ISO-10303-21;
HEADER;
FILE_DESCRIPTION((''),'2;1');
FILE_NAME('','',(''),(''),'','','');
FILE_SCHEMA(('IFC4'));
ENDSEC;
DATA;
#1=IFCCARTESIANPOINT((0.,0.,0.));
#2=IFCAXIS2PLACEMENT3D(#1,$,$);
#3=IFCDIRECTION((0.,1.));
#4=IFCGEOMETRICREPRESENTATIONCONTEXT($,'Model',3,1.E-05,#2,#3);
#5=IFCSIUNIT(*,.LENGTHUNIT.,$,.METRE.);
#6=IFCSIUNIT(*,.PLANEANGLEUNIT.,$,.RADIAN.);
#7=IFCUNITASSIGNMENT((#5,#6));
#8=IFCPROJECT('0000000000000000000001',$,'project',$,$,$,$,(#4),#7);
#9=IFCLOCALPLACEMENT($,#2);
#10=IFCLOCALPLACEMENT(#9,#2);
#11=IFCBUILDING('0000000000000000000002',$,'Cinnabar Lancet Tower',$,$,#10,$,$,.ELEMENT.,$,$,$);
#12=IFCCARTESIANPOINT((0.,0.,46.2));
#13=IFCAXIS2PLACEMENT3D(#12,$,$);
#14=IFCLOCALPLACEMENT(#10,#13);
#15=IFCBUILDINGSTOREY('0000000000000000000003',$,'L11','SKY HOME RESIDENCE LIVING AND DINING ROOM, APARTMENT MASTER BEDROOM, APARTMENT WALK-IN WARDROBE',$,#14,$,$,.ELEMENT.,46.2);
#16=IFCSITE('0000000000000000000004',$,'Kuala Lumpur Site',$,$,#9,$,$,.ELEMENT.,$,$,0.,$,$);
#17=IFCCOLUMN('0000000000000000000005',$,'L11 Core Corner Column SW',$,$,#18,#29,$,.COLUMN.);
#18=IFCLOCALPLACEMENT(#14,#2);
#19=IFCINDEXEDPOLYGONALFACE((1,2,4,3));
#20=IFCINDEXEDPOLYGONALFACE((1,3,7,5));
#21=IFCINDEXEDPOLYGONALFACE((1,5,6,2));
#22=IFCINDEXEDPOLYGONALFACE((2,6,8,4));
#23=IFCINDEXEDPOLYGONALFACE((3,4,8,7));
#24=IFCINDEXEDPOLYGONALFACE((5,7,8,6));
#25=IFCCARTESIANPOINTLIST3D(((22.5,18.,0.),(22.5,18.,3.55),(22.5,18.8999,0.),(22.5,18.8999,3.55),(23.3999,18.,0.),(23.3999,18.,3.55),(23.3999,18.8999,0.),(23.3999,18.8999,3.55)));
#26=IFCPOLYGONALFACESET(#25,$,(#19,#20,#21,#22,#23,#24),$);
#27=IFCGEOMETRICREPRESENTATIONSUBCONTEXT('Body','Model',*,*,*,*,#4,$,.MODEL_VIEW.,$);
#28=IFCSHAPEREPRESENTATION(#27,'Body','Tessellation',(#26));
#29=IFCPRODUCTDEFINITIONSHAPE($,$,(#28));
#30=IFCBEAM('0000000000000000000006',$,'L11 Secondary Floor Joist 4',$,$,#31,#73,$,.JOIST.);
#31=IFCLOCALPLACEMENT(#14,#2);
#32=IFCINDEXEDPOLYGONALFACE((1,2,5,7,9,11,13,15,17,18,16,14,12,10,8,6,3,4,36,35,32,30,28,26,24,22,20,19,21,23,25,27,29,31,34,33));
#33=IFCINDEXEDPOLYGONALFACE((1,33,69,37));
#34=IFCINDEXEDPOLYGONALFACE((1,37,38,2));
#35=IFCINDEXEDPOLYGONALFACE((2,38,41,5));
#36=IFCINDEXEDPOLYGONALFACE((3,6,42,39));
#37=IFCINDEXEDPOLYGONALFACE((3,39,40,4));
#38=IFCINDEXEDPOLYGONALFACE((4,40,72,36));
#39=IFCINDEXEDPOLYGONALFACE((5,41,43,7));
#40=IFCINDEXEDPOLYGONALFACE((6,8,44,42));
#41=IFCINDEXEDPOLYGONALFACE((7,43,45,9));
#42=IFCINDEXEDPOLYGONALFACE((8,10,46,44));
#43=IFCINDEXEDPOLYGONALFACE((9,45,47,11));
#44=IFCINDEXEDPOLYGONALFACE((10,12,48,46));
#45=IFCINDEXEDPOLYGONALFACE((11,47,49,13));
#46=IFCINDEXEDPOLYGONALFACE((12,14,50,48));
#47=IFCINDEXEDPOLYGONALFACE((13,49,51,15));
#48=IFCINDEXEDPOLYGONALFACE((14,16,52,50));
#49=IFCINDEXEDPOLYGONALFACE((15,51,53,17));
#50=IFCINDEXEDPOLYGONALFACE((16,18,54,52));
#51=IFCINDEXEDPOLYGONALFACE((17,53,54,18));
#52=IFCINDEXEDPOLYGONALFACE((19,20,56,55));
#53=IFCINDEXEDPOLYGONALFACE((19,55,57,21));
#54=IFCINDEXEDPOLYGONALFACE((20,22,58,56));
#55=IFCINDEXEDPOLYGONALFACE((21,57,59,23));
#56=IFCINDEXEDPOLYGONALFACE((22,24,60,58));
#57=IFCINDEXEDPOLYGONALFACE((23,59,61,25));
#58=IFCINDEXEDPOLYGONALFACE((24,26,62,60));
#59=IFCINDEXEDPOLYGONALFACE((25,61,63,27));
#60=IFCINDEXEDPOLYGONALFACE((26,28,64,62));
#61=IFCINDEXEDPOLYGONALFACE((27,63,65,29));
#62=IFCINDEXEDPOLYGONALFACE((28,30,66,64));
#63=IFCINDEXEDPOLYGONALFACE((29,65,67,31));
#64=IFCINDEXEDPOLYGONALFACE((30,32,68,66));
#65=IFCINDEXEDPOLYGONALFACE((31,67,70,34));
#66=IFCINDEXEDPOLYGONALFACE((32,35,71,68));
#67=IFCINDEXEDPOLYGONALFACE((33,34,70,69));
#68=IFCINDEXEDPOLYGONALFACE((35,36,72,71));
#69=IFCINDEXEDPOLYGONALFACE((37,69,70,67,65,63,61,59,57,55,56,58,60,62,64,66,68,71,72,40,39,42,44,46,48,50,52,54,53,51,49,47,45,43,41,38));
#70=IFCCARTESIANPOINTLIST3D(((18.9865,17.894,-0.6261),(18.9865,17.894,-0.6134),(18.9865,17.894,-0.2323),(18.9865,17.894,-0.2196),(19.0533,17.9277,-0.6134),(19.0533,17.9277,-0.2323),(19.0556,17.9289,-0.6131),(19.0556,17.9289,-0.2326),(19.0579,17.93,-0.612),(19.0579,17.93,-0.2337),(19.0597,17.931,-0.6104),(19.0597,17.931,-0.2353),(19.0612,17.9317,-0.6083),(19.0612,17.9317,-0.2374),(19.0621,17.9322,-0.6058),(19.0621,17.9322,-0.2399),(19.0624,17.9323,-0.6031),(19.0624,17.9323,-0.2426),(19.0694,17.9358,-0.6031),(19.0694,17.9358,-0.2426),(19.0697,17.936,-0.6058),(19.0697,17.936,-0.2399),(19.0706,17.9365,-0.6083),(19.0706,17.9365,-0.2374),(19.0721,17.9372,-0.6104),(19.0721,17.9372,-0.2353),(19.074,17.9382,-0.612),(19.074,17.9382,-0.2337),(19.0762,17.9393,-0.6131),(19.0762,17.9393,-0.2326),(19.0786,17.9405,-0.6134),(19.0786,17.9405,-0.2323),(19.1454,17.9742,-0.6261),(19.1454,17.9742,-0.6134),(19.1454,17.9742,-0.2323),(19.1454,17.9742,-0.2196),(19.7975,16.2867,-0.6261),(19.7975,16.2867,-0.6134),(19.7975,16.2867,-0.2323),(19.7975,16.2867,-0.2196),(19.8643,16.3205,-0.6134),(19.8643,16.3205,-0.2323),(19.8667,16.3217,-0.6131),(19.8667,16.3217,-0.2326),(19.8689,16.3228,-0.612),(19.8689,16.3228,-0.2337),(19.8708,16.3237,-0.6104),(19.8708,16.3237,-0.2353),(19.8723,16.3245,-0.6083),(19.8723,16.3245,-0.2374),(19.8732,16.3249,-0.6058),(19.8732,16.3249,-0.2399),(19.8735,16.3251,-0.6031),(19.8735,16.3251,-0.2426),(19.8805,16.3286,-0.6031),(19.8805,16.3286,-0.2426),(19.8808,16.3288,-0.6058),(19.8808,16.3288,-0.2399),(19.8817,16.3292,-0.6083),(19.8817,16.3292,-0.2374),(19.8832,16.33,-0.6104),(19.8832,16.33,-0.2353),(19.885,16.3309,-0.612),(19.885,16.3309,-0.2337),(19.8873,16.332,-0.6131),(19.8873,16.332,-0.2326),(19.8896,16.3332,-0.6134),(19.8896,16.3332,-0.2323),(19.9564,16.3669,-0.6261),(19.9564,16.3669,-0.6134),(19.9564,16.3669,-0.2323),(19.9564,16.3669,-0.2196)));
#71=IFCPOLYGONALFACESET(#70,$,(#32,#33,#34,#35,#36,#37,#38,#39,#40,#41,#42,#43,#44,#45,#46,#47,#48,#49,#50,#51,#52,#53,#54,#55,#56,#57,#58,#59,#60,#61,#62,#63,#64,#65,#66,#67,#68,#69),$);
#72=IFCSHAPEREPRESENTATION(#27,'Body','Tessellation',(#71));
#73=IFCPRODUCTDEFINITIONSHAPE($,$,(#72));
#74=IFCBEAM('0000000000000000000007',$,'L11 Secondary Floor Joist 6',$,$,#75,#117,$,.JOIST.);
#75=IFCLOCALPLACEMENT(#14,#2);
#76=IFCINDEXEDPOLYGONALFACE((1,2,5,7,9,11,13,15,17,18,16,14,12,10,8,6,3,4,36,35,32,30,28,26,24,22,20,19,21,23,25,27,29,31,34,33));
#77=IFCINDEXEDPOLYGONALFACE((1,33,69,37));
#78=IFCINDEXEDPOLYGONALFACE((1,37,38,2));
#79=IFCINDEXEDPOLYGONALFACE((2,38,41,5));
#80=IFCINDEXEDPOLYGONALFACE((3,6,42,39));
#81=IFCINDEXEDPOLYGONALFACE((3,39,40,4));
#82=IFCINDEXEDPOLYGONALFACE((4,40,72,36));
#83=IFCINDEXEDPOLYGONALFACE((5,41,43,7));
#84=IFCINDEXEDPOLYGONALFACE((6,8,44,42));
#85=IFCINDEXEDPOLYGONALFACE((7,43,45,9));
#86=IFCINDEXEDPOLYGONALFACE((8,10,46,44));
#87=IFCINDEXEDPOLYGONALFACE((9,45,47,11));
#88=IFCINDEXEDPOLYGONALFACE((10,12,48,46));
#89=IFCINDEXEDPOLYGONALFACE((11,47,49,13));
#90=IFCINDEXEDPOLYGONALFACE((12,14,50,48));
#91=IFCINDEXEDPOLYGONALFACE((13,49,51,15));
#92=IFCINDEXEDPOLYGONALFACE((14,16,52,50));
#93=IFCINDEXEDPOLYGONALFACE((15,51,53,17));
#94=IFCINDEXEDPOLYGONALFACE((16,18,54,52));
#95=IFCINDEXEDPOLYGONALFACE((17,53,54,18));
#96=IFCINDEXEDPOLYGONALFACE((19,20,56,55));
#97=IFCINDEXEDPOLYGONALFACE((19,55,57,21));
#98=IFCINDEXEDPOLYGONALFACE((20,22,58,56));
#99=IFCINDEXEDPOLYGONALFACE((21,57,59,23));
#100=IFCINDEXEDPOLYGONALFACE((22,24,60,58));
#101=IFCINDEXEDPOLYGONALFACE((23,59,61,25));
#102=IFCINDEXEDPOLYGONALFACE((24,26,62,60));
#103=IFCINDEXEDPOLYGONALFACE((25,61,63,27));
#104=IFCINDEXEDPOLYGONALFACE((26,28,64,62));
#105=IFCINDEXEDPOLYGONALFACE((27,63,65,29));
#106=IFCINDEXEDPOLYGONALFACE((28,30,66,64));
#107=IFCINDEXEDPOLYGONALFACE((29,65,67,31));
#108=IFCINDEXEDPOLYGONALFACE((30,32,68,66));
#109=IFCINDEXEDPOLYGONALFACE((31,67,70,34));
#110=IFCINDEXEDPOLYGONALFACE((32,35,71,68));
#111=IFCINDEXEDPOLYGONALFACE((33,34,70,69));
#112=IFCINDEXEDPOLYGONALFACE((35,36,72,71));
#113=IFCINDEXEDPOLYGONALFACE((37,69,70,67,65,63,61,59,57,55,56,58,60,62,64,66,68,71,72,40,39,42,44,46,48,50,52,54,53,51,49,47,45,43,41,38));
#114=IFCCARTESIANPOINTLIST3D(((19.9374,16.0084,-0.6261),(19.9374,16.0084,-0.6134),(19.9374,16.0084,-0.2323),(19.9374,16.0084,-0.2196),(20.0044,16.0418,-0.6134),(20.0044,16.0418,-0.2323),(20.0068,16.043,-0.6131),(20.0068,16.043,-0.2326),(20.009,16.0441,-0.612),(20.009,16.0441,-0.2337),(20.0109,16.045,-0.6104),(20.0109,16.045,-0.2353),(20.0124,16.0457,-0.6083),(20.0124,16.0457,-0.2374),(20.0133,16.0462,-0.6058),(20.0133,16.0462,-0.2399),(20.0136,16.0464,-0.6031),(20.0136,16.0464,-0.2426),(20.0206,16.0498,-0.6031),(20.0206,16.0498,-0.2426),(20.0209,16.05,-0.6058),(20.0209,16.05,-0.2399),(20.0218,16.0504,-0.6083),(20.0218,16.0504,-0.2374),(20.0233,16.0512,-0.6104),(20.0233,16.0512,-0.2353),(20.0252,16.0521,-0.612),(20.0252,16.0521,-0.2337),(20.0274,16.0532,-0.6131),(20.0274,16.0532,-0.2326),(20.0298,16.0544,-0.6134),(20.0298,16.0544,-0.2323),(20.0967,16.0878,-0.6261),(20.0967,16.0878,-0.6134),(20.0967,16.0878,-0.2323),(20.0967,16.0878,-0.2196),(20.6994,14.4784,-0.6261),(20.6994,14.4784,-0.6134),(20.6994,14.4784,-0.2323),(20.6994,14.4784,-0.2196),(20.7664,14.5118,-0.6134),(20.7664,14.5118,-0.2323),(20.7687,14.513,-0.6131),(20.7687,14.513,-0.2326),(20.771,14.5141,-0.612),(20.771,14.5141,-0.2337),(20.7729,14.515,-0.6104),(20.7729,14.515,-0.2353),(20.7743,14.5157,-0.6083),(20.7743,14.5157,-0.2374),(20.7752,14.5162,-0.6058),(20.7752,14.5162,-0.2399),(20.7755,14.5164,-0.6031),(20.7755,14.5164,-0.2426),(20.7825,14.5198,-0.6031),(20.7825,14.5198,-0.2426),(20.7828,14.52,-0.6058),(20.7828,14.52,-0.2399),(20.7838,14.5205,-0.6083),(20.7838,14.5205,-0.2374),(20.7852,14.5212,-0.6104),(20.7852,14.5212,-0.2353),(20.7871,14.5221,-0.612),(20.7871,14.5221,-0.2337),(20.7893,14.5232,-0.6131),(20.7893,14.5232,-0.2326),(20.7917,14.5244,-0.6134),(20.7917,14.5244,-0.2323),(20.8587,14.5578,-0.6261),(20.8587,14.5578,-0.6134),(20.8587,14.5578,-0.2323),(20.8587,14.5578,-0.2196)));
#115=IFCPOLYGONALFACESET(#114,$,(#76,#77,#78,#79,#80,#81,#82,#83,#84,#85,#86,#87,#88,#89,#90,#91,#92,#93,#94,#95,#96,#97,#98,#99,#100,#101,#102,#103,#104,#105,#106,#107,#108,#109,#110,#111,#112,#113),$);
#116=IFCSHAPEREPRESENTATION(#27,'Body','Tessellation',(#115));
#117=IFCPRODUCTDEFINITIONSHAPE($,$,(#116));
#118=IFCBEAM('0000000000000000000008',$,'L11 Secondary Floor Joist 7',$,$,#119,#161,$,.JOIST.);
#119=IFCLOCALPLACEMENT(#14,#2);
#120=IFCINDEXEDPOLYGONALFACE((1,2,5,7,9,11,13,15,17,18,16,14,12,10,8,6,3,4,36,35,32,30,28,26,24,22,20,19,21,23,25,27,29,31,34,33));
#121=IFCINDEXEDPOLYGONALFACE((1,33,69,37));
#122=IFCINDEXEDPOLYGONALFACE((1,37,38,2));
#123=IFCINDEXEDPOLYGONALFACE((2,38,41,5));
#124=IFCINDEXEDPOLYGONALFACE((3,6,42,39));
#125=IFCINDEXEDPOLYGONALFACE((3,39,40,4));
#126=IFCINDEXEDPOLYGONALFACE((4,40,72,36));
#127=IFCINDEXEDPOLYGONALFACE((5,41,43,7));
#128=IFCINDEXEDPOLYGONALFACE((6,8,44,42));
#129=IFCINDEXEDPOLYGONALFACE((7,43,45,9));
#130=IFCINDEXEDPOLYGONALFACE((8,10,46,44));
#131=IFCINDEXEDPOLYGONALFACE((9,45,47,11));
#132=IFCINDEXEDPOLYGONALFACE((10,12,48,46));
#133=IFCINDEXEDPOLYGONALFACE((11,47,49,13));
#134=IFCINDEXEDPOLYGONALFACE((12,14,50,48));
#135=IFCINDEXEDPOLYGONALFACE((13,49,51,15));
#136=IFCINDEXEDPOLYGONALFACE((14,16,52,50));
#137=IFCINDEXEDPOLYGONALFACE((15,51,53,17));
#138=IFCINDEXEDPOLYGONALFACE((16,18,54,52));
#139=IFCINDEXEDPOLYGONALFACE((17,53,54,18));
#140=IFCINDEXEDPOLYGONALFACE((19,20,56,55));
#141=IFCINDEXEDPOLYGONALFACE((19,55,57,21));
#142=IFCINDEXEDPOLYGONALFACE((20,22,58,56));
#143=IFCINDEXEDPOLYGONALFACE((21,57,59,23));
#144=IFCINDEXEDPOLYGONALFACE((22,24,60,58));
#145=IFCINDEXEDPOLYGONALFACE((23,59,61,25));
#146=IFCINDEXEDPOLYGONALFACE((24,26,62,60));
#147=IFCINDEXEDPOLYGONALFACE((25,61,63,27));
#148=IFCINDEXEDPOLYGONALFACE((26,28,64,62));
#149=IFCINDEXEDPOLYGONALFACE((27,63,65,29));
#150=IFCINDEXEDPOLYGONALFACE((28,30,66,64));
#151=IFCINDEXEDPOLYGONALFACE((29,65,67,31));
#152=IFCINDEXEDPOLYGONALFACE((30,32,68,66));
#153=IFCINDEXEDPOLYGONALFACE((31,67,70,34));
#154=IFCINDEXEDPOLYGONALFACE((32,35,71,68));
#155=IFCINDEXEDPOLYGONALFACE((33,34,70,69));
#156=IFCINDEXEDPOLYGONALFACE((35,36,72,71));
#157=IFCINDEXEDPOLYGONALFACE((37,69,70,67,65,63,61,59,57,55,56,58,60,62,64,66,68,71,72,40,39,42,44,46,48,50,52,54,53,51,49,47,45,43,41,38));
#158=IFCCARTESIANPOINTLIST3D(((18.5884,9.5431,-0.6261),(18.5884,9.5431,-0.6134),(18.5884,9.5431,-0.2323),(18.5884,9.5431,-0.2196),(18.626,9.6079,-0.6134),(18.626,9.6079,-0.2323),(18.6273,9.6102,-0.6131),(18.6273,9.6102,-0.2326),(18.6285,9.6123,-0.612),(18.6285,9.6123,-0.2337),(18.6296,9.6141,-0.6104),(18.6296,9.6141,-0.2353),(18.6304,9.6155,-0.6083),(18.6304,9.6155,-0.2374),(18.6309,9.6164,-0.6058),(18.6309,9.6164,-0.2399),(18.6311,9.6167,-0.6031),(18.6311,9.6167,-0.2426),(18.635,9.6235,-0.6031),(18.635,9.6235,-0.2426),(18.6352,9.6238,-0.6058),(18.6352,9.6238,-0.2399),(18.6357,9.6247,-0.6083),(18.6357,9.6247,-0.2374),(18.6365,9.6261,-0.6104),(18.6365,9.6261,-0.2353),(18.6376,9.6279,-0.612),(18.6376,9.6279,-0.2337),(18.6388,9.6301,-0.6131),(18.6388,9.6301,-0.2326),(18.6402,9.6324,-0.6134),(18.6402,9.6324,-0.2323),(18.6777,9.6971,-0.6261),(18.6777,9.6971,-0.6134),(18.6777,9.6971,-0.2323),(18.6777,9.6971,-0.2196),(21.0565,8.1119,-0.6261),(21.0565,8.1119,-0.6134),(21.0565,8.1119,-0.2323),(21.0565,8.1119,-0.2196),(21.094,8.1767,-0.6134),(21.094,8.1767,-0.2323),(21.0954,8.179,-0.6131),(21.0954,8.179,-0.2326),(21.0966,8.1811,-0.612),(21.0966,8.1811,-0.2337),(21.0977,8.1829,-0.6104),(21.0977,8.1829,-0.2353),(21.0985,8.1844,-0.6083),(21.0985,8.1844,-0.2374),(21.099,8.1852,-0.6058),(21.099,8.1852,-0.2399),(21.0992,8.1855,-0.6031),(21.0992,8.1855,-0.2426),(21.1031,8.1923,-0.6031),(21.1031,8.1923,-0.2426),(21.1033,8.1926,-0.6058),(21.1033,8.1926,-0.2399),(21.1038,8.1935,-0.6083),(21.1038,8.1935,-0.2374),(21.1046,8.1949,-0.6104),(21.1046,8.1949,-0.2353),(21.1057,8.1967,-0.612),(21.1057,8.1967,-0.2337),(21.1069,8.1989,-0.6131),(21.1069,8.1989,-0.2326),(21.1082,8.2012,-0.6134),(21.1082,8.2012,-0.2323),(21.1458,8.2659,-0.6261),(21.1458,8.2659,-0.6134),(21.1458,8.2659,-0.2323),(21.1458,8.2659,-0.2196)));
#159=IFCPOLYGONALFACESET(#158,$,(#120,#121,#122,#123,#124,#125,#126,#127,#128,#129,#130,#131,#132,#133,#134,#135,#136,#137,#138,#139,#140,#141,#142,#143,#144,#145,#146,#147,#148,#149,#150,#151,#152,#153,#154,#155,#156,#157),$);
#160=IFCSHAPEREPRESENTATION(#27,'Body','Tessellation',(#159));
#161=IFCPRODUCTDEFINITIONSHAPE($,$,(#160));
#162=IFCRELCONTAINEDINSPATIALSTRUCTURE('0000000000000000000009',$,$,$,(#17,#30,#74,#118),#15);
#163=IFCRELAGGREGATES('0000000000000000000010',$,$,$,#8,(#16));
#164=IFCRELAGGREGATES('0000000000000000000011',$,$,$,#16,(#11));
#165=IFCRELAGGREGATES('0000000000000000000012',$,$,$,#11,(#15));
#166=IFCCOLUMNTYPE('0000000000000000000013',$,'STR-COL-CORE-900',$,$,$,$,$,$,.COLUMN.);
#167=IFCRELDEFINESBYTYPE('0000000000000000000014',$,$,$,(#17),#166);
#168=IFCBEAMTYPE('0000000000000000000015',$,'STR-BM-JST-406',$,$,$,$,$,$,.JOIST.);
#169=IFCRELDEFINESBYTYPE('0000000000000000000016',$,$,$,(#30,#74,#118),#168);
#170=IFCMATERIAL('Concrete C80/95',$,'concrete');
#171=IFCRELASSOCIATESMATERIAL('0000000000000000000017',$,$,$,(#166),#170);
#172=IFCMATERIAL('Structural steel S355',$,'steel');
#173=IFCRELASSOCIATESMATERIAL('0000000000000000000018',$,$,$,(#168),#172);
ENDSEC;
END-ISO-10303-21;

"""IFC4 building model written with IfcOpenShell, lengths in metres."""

from ifc_helpers import new_model, si_unit, direction, frame, origin, origin_2d, place, context, subcontext, project, spatial, rectangle, i_section, extrude, material, material_profile, profile_set, type_object, element, save


model = new_model("IFC4")

# Units and contexts
model_context = context("Model", 3, precision=1e-05, world=origin(), true_north=direction((0.0, 1.0)))
body_context = subcontext(model_context, "Body", "Model", "MODEL_VIEW")
ifc_project = project(units=[si_unit("LENGTHUNIT", "METRE"), si_unit("PLANEANGLEUNIT", "RADIAN")], contexts=[model_context])

# Site, building, storey
site_placement = place(None, origin())
site = spatial("IfcSite", under=ifc_project, at=site_placement, Name="Kuala Lumpur Site", CompositionType="ELEMENT", RefElevation=0.0)
building_placement = place(site_placement, origin())
building = spatial("IfcBuilding", under=site, at=building_placement, Name="Cinnabar Lancet Tower", CompositionType="ELEMENT")
storey_placement = place(building_placement, frame((0.0, 0.0, 46.2)))
storey = spatial("IfcBuildingStorey", under=building, at=storey_placement, Name="L11", Description="SKY HOME RESIDENCE LIVING AND DINING ROOM, APARTMENT MASTER BEDROOM, APARTMENT WALK-IN WARDROBE", CompositionType="ELEMENT", Elevation=46.2)

# Column
ifc_material_1 = material(Name="Concrete C80/95", Category="concrete")
ifc_material_profile_1 = material_profile(ifc_material_1, rectangle(XDim=0.8999, YDim=0.8999, at=origin_2d()), Name="RC-COL 900x900")
ifc_profile_set_1 = profile_set([ifc_material_profile_1], Name="Concrete C80/95")
column_type = type_object("IfcColumnType", Name="STR-COL-CORE-900", PredefinedType="COLUMN", material=ifc_profile_set_1)
column_placement = place(storey_placement, frame((22.95, 18.45, 0.0), z_axis=(0.0, 0.0, 1.0), x_axis=(1.0, 0.0, 0.0)))
element("IfcColumn", 1, at=column_placement, inside=storey, type_object=column_type, Name="L11 Core Corner Column SW", PredefinedType="COLUMN", context=body_context, shape_type="SweptSolid", body=[
    extrude(rectangle(XDim=0.8999, YDim=0.8999, at=origin_2d()), origin(), (0.0, 0.0, 1.0), 3.55),
])

# Beams
ifc_material_2 = material(Name="Structural steel S355", Category="steel")
ifc_material_profile_2 = material_profile(ifc_material_2, i_section(OverallWidth=0.178, OverallDepth=0.4065, WebThickness=0.0078, FlangeThickness=0.0127, FilletRadius=0.0103, at=origin_2d()), Name="UKB 406x178x60")
ifc_profile_set_2 = profile_set([ifc_material_profile_2], Name="Structural steel S355")
beam_type = type_object("IfcBeamType", Name="STR-BM-JST-406", PredefinedType="JOIST", material=ifc_profile_set_2)
beam_1_placement = place(storey_placement, frame((19.0659, 17.9341, -0.4229), z_axis=(0.45052, -0.892767, 0.0), x_axis=(0.892767, 0.45052, 0.0)))
element("IfcBeam", 2, at=beam_1_placement, inside=storey, type_object=beam_type, Name="L11 Secondary Floor Joist 4", PredefinedType="JOIST", context=body_context, shape_type="SweptSolid", body=[
    extrude(i_section(OverallWidth=0.178, OverallDepth=0.4065, WebThickness=0.0078, FlangeThickness=0.0127, FilletRadius=0.0103, at=origin_2d()), origin(), (0.0, 0.0, 1.0), 1.8003),
])
beam_2_placement = place(storey_placement, frame((20.0171, 16.0481, -0.4229), z_axis=(0.445785, -0.89514, 0.0), x_axis=(0.89514, 0.445785, 0.0)))
element("IfcBeam", 3, at=beam_2_placement, inside=storey, type_object=beam_type, Name="L11 Secondary Floor Joist 6", PredefinedType="JOIST", context=body_context, shape_type="SweptSolid", body=[
    extrude(i_section(OverallWidth=0.178, OverallDepth=0.4065, WebThickness=0.0078, FlangeThickness=0.0127, FilletRadius=0.0103, at=origin_2d()), origin(), (0.0, 0.0, 1.0), 1.7092),
])
beam_3_placement = place(storey_placement, frame((18.6331, 9.6201, -0.4229), z_axis=(0.865076, -0.50164, 0.0), x_axis=(0.50164, 0.865076, 0.0)))
element("IfcBeam", 4, at=beam_3_placement, inside=storey, type_object=beam_type, Name="L11 Secondary Floor Joist 7", PredefinedType="JOIST", context=body_context, shape_type="SweptSolid", body=[
    extrude(i_section(OverallWidth=0.178, OverallDepth=0.4065, WebThickness=0.0078, FlangeThickness=0.0127, FilletRadius=0.0103, at=origin_2d()), origin(), (0.0, 0.0, 1.0), 2.853),
])

save(model, "model.ifc")
